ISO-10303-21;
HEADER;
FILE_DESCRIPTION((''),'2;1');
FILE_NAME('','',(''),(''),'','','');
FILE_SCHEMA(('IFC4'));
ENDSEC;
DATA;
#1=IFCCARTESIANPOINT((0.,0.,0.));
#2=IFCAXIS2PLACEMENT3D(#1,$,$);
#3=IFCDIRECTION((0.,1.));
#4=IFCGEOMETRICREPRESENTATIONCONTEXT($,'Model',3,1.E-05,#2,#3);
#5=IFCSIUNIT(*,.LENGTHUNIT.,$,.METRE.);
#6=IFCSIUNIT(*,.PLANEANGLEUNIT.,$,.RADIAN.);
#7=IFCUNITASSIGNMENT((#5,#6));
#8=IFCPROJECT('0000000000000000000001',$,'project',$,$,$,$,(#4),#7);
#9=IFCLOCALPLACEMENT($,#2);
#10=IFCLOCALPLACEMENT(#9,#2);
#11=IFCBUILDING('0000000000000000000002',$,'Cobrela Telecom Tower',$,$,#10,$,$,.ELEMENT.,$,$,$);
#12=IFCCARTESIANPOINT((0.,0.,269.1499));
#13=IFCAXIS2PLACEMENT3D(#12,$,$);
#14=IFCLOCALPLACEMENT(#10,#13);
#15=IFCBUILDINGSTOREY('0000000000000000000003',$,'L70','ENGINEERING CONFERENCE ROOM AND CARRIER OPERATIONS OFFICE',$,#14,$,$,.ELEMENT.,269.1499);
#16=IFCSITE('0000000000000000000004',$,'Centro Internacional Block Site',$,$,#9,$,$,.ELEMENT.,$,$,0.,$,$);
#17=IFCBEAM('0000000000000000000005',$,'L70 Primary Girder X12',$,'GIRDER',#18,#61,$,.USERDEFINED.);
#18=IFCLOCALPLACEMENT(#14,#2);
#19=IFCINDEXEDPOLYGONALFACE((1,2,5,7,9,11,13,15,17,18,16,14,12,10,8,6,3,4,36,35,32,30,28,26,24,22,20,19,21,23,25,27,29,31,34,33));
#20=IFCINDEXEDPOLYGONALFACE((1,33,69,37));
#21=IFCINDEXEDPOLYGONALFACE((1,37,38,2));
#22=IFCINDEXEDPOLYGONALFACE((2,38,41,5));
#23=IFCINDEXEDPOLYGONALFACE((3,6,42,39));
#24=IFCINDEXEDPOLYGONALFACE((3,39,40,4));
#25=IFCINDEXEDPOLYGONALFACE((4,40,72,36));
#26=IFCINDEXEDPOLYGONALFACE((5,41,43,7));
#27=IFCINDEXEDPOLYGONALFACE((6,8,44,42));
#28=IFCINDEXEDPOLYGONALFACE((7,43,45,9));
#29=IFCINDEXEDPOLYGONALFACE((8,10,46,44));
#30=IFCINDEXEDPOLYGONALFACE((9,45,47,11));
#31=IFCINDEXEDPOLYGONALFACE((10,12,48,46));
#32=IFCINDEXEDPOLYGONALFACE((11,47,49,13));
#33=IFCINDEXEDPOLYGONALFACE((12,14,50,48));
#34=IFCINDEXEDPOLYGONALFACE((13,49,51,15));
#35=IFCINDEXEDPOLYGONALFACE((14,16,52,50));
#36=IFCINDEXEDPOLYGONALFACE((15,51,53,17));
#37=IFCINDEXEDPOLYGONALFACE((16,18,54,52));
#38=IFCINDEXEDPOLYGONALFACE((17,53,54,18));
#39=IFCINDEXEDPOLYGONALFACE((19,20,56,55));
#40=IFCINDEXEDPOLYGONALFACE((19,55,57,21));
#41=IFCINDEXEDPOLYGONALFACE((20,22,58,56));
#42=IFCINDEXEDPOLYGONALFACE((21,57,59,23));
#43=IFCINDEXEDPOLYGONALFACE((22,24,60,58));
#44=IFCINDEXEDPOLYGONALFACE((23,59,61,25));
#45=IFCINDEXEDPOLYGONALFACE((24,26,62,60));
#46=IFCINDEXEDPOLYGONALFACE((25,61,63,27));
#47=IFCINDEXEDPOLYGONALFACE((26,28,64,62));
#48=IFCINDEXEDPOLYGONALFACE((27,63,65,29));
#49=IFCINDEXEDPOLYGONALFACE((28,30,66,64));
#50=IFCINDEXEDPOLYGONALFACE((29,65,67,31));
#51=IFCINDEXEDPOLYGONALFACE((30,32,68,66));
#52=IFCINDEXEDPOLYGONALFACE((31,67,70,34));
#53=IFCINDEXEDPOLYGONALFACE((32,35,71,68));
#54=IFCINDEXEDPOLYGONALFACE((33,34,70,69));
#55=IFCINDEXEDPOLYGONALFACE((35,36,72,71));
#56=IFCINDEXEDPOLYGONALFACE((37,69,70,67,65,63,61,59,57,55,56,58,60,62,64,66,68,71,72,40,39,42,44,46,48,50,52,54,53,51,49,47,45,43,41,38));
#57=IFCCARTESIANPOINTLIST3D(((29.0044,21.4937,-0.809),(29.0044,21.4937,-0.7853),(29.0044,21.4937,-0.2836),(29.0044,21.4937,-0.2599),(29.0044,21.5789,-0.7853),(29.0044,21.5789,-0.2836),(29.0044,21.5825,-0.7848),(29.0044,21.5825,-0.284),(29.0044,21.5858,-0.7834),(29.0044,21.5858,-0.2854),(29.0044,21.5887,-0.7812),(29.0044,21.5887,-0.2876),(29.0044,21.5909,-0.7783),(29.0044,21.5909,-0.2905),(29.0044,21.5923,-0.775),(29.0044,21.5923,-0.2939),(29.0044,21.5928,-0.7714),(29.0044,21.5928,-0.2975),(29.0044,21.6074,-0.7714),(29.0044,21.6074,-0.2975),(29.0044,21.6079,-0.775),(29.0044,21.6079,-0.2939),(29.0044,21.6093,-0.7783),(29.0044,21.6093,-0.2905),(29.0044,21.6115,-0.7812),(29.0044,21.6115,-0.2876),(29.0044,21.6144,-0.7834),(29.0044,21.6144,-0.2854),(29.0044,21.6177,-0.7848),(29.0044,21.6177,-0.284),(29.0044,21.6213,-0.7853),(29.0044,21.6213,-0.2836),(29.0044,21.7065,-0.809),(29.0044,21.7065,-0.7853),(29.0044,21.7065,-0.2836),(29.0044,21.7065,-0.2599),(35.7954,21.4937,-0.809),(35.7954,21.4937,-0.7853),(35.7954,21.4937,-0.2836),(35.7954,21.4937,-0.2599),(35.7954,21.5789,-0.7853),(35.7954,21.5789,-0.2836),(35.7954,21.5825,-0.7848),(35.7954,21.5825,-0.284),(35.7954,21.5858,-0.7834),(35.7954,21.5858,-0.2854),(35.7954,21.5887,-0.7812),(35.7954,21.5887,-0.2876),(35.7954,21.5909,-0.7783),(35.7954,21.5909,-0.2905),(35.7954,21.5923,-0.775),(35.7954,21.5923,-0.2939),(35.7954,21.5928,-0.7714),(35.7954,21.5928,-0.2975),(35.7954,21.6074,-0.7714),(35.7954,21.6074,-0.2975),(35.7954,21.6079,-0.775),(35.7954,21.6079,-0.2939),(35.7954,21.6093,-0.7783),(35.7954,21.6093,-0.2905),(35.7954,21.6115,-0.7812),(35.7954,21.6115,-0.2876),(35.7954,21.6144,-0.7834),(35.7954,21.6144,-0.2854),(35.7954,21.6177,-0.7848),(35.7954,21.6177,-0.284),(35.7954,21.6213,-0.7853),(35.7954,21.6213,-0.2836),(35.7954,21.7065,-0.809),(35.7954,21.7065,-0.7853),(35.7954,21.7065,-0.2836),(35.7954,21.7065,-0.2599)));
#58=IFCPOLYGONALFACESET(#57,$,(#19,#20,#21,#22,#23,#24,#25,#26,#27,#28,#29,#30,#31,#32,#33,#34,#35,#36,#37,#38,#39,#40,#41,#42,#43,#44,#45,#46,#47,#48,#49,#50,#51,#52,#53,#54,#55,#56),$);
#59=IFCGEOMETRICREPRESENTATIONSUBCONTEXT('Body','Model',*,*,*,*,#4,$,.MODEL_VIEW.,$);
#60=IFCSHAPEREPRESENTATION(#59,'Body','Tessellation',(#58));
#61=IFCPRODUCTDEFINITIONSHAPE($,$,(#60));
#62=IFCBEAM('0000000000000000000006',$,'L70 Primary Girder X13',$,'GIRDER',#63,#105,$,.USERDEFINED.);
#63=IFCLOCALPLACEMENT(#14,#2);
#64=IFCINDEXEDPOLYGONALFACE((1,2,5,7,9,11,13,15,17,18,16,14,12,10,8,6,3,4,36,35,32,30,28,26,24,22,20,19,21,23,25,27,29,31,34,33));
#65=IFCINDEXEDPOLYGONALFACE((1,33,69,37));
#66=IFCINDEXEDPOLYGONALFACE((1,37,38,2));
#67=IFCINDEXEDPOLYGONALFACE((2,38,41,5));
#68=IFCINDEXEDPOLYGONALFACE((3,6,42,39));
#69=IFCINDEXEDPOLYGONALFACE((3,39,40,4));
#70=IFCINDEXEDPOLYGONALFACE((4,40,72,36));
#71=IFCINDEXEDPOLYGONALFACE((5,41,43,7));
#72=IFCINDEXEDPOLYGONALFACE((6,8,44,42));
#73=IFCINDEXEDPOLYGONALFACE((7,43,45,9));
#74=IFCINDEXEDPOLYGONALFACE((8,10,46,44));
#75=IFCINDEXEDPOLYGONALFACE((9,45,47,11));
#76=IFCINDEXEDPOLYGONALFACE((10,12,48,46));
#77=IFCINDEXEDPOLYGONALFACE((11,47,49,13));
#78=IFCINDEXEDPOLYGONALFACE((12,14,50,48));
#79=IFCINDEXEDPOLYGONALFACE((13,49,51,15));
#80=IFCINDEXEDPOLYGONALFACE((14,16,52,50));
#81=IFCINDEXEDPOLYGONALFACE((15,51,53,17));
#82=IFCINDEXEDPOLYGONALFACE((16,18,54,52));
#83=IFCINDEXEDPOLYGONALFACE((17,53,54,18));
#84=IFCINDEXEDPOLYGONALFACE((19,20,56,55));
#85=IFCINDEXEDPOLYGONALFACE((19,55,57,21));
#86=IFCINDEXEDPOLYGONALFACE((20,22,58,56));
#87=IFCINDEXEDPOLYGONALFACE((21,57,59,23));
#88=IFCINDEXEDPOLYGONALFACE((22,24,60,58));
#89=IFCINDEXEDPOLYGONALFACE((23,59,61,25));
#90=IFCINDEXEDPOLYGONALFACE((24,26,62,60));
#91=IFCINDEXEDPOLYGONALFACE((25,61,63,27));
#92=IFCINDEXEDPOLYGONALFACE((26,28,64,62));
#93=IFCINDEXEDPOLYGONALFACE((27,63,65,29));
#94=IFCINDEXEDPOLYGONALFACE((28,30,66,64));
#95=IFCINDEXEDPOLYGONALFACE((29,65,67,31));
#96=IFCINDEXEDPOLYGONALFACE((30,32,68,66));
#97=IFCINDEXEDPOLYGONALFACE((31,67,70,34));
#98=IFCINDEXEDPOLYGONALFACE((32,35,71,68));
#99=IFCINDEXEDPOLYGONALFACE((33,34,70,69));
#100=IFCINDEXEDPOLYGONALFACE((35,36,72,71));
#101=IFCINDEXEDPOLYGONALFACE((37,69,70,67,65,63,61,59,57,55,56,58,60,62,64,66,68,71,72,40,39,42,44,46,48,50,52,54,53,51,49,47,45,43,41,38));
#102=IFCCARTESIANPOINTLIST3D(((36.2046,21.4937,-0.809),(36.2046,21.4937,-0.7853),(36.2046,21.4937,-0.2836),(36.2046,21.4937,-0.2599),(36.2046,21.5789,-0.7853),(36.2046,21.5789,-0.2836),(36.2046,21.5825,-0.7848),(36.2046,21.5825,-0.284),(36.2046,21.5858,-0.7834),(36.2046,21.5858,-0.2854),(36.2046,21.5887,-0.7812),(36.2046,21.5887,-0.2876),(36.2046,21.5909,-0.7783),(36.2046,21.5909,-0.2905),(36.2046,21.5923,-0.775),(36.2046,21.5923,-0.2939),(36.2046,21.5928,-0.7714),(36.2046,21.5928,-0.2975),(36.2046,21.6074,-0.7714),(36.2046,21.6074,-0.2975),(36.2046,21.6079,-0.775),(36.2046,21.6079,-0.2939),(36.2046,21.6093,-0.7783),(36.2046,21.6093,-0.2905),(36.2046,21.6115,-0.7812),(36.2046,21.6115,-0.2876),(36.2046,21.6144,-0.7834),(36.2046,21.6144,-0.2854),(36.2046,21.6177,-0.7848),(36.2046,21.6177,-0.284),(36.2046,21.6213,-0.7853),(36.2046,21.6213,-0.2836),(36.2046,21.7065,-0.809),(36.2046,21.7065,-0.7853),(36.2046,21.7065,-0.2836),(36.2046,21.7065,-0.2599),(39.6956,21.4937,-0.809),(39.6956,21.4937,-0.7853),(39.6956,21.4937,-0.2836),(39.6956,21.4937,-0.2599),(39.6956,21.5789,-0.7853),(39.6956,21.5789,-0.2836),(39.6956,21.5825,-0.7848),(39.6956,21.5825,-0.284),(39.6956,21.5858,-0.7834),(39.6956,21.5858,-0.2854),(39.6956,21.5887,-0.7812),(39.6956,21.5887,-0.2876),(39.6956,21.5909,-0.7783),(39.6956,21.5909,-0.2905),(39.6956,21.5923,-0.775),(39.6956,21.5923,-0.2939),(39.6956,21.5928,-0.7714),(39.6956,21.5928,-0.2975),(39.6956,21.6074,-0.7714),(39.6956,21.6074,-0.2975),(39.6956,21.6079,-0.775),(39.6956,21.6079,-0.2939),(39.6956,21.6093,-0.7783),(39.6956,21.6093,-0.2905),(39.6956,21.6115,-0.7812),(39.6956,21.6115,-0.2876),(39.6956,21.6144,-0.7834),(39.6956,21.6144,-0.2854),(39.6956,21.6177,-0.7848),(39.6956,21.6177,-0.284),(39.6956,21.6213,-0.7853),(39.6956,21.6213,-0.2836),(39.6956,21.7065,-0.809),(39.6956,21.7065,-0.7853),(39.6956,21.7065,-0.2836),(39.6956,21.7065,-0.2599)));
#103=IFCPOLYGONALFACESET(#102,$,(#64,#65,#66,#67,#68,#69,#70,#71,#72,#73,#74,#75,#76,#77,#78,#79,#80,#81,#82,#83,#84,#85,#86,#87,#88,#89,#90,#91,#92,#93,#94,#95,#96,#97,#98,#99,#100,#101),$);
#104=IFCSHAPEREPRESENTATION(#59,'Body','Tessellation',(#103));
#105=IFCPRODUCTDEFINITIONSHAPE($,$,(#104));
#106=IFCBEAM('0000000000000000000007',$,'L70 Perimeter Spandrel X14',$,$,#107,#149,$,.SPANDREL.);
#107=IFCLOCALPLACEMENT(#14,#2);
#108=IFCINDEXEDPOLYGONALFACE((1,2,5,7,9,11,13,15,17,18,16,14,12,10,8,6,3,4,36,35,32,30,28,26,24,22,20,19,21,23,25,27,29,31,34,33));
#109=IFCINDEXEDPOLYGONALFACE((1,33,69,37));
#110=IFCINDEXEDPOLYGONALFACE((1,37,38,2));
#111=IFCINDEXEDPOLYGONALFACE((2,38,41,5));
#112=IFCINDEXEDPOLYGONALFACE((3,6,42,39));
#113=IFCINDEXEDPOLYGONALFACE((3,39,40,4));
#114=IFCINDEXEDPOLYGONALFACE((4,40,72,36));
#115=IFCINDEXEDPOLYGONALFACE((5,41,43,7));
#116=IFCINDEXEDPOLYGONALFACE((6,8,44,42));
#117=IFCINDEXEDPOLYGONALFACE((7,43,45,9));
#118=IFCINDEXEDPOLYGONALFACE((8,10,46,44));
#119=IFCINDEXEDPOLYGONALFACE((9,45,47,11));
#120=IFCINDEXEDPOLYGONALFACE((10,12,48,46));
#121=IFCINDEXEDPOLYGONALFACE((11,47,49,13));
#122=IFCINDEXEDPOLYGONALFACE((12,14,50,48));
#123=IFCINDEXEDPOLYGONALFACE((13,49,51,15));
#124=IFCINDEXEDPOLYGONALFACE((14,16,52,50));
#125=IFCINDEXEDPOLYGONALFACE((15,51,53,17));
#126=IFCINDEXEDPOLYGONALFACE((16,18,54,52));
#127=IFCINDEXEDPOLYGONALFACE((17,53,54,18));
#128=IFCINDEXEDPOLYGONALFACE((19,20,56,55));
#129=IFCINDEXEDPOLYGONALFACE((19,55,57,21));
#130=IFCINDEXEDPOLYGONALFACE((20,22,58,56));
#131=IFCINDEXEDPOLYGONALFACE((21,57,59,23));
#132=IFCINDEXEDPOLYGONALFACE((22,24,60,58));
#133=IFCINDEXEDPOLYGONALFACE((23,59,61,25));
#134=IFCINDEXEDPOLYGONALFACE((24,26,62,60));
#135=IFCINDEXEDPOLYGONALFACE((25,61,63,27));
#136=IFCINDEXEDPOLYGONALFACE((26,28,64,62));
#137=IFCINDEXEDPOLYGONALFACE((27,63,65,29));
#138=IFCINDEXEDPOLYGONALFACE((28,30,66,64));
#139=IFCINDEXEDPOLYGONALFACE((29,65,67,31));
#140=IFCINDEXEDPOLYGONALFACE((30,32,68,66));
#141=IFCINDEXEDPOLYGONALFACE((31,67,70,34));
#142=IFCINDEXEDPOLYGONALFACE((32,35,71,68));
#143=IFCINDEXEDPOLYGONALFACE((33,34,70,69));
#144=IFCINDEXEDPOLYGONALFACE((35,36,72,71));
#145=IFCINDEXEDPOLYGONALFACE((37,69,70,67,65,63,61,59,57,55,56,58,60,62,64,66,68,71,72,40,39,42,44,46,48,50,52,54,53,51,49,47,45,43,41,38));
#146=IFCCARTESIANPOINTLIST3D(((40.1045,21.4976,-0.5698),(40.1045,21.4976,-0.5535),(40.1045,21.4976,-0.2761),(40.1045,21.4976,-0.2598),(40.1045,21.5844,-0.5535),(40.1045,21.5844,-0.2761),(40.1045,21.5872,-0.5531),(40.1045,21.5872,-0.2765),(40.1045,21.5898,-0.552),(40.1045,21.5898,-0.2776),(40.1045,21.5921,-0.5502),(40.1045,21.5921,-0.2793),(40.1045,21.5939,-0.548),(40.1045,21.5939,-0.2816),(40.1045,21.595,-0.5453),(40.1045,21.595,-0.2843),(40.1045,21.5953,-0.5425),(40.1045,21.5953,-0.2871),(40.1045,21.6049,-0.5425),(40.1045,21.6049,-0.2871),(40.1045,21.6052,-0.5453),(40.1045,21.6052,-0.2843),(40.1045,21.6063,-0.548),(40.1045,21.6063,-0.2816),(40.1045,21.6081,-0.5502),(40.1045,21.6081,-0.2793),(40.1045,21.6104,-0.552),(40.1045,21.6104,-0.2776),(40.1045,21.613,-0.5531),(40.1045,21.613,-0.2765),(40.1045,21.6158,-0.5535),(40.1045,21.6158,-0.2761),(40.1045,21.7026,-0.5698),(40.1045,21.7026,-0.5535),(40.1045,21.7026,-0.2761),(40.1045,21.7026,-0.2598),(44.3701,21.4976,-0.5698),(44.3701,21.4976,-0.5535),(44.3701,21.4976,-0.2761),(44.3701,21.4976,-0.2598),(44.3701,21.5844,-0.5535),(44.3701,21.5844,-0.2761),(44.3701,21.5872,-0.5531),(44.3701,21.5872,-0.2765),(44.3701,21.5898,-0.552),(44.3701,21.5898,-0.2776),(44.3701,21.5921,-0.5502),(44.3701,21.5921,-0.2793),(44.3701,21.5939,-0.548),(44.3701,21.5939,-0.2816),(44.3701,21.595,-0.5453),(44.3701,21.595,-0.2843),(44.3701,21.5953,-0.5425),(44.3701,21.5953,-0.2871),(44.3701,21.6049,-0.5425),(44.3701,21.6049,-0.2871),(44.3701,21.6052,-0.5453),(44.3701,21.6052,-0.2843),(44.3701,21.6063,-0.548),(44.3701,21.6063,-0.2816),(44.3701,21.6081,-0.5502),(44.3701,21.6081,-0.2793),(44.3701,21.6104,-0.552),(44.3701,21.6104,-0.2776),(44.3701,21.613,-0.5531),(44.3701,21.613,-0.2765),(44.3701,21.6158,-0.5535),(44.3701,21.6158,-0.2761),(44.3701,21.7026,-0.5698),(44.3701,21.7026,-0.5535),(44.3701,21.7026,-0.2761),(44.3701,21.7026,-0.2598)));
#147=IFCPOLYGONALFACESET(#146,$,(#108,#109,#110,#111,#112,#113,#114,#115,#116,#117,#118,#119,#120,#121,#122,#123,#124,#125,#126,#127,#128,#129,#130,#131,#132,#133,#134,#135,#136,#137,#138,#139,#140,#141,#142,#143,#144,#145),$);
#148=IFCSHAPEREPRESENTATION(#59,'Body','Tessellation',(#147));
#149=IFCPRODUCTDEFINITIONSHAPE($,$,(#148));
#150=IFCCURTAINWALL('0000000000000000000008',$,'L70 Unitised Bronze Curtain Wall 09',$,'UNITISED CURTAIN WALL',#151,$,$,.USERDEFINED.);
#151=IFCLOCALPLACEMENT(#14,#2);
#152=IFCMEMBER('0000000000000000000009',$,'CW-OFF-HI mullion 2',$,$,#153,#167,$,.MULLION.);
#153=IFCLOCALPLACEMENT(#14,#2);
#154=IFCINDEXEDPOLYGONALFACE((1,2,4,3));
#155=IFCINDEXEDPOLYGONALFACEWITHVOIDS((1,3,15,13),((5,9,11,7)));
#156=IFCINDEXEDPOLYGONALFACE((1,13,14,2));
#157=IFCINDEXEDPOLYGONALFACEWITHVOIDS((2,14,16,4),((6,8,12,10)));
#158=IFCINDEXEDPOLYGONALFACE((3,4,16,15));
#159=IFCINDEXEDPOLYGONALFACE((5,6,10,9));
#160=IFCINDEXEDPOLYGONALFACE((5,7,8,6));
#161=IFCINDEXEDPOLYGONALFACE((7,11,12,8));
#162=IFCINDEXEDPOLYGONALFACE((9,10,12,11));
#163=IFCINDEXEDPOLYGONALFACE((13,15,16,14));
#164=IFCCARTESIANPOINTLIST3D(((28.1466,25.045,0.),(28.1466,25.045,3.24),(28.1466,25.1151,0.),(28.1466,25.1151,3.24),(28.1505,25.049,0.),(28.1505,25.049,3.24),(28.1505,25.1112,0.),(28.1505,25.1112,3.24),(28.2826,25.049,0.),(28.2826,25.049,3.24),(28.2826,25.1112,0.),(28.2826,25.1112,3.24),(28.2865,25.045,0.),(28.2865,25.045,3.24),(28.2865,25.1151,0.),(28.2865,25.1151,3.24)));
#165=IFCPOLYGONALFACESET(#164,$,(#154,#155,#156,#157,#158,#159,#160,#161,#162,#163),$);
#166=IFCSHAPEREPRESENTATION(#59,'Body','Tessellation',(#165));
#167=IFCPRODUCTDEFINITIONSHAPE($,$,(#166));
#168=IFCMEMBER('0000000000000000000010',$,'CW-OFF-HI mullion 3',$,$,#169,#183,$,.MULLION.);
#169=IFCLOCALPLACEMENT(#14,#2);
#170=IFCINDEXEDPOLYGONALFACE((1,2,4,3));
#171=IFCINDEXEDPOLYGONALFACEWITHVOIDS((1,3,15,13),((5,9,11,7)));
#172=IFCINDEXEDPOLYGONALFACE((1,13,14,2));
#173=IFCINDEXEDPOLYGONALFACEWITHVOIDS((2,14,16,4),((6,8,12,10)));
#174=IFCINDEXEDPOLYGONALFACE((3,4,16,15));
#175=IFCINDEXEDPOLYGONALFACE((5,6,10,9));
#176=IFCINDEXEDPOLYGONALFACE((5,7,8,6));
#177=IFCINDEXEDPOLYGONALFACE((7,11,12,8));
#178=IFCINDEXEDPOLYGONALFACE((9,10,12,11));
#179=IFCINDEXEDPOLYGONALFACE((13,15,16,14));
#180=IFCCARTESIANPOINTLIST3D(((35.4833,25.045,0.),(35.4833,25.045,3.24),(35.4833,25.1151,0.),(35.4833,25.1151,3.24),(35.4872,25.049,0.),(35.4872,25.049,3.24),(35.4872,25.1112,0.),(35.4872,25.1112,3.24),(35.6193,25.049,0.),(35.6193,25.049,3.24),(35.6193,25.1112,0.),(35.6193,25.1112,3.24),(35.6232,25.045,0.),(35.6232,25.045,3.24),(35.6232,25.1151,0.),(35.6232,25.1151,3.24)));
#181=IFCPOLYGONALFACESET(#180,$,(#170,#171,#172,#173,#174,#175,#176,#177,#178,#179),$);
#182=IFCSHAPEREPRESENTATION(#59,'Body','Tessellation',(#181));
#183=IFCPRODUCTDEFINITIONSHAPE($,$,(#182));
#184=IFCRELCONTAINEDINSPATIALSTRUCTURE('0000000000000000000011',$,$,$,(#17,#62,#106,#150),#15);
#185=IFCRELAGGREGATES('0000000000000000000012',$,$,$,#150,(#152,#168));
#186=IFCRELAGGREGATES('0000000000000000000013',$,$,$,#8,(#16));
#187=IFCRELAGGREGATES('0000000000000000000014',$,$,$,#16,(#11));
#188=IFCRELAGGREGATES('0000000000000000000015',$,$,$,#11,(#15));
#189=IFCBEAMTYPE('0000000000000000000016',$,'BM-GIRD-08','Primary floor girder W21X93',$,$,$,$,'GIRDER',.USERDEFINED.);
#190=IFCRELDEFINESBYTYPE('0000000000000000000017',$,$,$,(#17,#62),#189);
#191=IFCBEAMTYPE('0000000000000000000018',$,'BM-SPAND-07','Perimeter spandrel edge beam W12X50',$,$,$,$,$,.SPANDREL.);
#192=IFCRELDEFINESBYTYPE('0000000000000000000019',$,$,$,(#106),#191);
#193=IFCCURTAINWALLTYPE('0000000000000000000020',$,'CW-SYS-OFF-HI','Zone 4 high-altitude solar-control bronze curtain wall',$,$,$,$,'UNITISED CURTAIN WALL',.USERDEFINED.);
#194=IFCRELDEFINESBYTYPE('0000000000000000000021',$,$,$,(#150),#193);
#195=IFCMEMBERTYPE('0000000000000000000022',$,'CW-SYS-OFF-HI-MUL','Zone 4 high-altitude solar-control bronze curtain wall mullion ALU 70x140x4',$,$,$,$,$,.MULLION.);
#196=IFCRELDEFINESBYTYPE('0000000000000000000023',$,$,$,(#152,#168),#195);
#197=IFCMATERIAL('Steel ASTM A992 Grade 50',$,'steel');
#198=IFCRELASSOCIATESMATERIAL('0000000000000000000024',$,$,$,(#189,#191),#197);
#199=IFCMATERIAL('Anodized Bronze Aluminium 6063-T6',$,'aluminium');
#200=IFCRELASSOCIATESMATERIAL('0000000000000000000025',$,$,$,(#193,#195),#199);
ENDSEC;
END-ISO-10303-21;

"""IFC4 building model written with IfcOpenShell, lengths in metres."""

from ifc_helpers import new_model, si_unit, direction, frame, origin, origin_2d, place, context, subcontext, project, spatial, hollow_rectangle, i_section, extrude, material, material_profile, profile_set, type_object, element, aggregate, save


model = new_model("IFC4")

# Units and contexts
model_context = context("Model", 3, precision=1e-05, world=origin(), true_north=direction((0.0, 1.0)))
body_context = subcontext(model_context, "Body", "Model", "MODEL_VIEW")
ifc_project = project(units=[si_unit("LENGTHUNIT", "METRE"), si_unit("PLANEANGLEUNIT", "RADIAN")], contexts=[model_context])

# Site, building, storey
site_placement = place(None, origin())
site = spatial("IfcSite", under=ifc_project, at=site_placement, Name="Centro Internacional Block Site", CompositionType="ELEMENT", RefElevation=0.0)
building_placement = place(site_placement, origin())
building = spatial("IfcBuilding", under=site, at=building_placement, Name="Cobrela Telecom Tower", CompositionType="ELEMENT")
storey_placement = place(building_placement, frame((0.0, 0.0, 269.1499)))
storey = spatial("IfcBuildingStorey", under=building, at=storey_placement, Name="L70", Description="ENGINEERING CONFERENCE ROOM AND CARRIER OPERATIONS OFFICE", CompositionType="ELEMENT", Elevation=269.1499)

# Shared definitions
ifc_material_1 = material(Name="Steel ASTM A992 Grade 50", Category="steel")

# Beams
ifc_material_profile_1 = material_profile(ifc_material_1, i_section(OverallWidth=0.2129, OverallDepth=0.5491, WebThickness=0.0146, FlangeThickness=0.0237, FilletRadius=0.0139, at=origin_2d()), Name="W21X93")
ifc_profile_set_1 = profile_set([ifc_material_profile_1], Name="Steel ASTM A992 Grade 50")
beam_type_1 = type_object("IfcBeamType", Name="BM-GIRD-08", Description="Primary floor girder W21X93", ElementType="GIRDER", PredefinedType="USERDEFINED", material=ifc_profile_set_1)
beam_1_placement = place(storey_placement, frame((29.0044, 21.6001, -0.5344), z_axis=(1.0, 0.0, 0.0), x_axis=(0.0, 1.0, 0.0)))
element("IfcBeam", 1, at=beam_1_placement, inside=storey, type_object=beam_type_1, Name="L70 Primary Girder X12", ObjectType="GIRDER", PredefinedType="USERDEFINED", context=body_context, shape_type="SweptSolid", body=[
    extrude(i_section(OverallWidth=0.2129, OverallDepth=0.5491, WebThickness=0.0146, FlangeThickness=0.0237, FilletRadius=0.0139, at=origin_2d()), origin(), (0.0, 0.0, 1.0), 6.791),
])
beam_2_placement = place(storey_placement, frame((36.2046, 21.6001, -0.5344), z_axis=(1.0, 0.0, 0.0), x_axis=(0.0, 1.0, 0.0)))
element("IfcBeam", 2, at=beam_2_placement, inside=storey, type_object=beam_type_1, Name="L70 Primary Girder X13", ObjectType="GIRDER", PredefinedType="USERDEFINED", context=body_context, shape_type="SweptSolid", body=[
    extrude(i_section(OverallWidth=0.2129, OverallDepth=0.5491, WebThickness=0.0146, FlangeThickness=0.0237, FilletRadius=0.0139, at=origin_2d()), origin(), (0.0, 0.0, 1.0), 3.491),
])
ifc_material_profile_2 = material_profile(ifc_material_1, i_section(OverallWidth=0.2051, OverallDepth=0.3101, WebThickness=0.0095, FlangeThickness=0.0164, FilletRadius=0.011, at=origin_2d()), Name="W12X50")
ifc_profile_set_2 = profile_set([ifc_material_profile_2], Name="Steel ASTM A992 Grade 50")
beam_type_2 = type_object("IfcBeamType", Name="BM-SPAND-07", Description="Perimeter spandrel edge beam W12X50", PredefinedType="SPANDREL", material=ifc_profile_set_2)
beam_3_placement = place(storey_placement, frame((40.1045, 21.6001, -0.4148), z_axis=(1.0, 0.0, 0.0), x_axis=(0.0, 1.0, 0.0)))
element("IfcBeam", 3, at=beam_3_placement, inside=storey, type_object=beam_type_2, Name="L70 Perimeter Spandrel X14", PredefinedType="SPANDREL", context=body_context, shape_type="SweptSolid", body=[
    extrude(i_section(OverallWidth=0.2051, OverallDepth=0.3101, WebThickness=0.0095, FlangeThickness=0.0164, FilletRadius=0.011, at=origin_2d()), origin(), (0.0, 0.0, 1.0), 4.2656),
])

# Curtain wall, members
ifc_material_2 = material(Name="Anodized Bronze Aluminium 6063-T6", Category="aluminium")
curtain_wall_type = type_object("IfcCurtainWallType", Name="CW-SYS-OFF-HI", Description="Zone 4 high-altitude solar-control bronze curtain wall", ElementType="UNITISED CURTAIN WALL", PredefinedType="USERDEFINED", material=ifc_material_2)
curtain_wall_1_placement = place(storey_placement, origin())
curtain_wall_1 = element("IfcCurtainWall", 4, at=curtain_wall_1_placement, inside=storey, type_object=curtain_wall_type, Name="L70 Unitised Bronze Curtain Wall 09", ObjectType="UNITISED CURTAIN WALL", PredefinedType="USERDEFINED")
ifc_material_profile_3 = material_profile(ifc_material_2, hollow_rectangle(XDim=0.0701, YDim=0.1399, WallThickness=0.0039, at=origin_2d()), Name="ALU 70x140x4")
ifc_profile_set_3 = profile_set([ifc_material_profile_3], Name="Anodized Bronze Aluminium 6063-T6")
member_type_1 = type_object("IfcMemberType", Name="CW-SYS-OFF-HI-MUL", Description="Zone 4 high-altitude solar-control bronze curtain wall mullion ALU 70x140x4", PredefinedType="MULLION", material=ifc_profile_set_3)
member_1_placement = place(storey_placement, frame((28.2166, 25.0801, 0.0), z_axis=(0.0, 0.0, 1.0), x_axis=(0.0, 1.0, 0.0)))
member_1 = element("IfcMember", 5, at=member_1_placement, type_object=member_type_1, Name="CW-OFF-HI mullion 2", PredefinedType="MULLION", context=body_context, shape_type="SweptSolid", body=[
    extrude(hollow_rectangle(XDim=0.0701, YDim=0.1399, WallThickness=0.0039, at=origin_2d()), origin(), (0.0, 0.0, 1.0), 3.24),
])
member_2_placement = place(storey_placement, frame((35.5532, 25.0801, 0.0), z_axis=(0.0, 0.0, 1.0), x_axis=(0.0, 1.0, 0.0)))
member_2 = element("IfcMember", 6, at=member_2_placement, type_object=member_type_1, Name="CW-OFF-HI mullion 3", PredefinedType="MULLION", context=body_context, shape_type="SweptSolid", body=[
    extrude(hollow_rectangle(XDim=0.0701, YDim=0.1399, WallThickness=0.0039, at=origin_2d()), origin(), (0.0, 0.0, 1.0), 3.24),
])

aggregate(curtain_wall_1, [member_1, member_2])

save(model, "model.ifc")
